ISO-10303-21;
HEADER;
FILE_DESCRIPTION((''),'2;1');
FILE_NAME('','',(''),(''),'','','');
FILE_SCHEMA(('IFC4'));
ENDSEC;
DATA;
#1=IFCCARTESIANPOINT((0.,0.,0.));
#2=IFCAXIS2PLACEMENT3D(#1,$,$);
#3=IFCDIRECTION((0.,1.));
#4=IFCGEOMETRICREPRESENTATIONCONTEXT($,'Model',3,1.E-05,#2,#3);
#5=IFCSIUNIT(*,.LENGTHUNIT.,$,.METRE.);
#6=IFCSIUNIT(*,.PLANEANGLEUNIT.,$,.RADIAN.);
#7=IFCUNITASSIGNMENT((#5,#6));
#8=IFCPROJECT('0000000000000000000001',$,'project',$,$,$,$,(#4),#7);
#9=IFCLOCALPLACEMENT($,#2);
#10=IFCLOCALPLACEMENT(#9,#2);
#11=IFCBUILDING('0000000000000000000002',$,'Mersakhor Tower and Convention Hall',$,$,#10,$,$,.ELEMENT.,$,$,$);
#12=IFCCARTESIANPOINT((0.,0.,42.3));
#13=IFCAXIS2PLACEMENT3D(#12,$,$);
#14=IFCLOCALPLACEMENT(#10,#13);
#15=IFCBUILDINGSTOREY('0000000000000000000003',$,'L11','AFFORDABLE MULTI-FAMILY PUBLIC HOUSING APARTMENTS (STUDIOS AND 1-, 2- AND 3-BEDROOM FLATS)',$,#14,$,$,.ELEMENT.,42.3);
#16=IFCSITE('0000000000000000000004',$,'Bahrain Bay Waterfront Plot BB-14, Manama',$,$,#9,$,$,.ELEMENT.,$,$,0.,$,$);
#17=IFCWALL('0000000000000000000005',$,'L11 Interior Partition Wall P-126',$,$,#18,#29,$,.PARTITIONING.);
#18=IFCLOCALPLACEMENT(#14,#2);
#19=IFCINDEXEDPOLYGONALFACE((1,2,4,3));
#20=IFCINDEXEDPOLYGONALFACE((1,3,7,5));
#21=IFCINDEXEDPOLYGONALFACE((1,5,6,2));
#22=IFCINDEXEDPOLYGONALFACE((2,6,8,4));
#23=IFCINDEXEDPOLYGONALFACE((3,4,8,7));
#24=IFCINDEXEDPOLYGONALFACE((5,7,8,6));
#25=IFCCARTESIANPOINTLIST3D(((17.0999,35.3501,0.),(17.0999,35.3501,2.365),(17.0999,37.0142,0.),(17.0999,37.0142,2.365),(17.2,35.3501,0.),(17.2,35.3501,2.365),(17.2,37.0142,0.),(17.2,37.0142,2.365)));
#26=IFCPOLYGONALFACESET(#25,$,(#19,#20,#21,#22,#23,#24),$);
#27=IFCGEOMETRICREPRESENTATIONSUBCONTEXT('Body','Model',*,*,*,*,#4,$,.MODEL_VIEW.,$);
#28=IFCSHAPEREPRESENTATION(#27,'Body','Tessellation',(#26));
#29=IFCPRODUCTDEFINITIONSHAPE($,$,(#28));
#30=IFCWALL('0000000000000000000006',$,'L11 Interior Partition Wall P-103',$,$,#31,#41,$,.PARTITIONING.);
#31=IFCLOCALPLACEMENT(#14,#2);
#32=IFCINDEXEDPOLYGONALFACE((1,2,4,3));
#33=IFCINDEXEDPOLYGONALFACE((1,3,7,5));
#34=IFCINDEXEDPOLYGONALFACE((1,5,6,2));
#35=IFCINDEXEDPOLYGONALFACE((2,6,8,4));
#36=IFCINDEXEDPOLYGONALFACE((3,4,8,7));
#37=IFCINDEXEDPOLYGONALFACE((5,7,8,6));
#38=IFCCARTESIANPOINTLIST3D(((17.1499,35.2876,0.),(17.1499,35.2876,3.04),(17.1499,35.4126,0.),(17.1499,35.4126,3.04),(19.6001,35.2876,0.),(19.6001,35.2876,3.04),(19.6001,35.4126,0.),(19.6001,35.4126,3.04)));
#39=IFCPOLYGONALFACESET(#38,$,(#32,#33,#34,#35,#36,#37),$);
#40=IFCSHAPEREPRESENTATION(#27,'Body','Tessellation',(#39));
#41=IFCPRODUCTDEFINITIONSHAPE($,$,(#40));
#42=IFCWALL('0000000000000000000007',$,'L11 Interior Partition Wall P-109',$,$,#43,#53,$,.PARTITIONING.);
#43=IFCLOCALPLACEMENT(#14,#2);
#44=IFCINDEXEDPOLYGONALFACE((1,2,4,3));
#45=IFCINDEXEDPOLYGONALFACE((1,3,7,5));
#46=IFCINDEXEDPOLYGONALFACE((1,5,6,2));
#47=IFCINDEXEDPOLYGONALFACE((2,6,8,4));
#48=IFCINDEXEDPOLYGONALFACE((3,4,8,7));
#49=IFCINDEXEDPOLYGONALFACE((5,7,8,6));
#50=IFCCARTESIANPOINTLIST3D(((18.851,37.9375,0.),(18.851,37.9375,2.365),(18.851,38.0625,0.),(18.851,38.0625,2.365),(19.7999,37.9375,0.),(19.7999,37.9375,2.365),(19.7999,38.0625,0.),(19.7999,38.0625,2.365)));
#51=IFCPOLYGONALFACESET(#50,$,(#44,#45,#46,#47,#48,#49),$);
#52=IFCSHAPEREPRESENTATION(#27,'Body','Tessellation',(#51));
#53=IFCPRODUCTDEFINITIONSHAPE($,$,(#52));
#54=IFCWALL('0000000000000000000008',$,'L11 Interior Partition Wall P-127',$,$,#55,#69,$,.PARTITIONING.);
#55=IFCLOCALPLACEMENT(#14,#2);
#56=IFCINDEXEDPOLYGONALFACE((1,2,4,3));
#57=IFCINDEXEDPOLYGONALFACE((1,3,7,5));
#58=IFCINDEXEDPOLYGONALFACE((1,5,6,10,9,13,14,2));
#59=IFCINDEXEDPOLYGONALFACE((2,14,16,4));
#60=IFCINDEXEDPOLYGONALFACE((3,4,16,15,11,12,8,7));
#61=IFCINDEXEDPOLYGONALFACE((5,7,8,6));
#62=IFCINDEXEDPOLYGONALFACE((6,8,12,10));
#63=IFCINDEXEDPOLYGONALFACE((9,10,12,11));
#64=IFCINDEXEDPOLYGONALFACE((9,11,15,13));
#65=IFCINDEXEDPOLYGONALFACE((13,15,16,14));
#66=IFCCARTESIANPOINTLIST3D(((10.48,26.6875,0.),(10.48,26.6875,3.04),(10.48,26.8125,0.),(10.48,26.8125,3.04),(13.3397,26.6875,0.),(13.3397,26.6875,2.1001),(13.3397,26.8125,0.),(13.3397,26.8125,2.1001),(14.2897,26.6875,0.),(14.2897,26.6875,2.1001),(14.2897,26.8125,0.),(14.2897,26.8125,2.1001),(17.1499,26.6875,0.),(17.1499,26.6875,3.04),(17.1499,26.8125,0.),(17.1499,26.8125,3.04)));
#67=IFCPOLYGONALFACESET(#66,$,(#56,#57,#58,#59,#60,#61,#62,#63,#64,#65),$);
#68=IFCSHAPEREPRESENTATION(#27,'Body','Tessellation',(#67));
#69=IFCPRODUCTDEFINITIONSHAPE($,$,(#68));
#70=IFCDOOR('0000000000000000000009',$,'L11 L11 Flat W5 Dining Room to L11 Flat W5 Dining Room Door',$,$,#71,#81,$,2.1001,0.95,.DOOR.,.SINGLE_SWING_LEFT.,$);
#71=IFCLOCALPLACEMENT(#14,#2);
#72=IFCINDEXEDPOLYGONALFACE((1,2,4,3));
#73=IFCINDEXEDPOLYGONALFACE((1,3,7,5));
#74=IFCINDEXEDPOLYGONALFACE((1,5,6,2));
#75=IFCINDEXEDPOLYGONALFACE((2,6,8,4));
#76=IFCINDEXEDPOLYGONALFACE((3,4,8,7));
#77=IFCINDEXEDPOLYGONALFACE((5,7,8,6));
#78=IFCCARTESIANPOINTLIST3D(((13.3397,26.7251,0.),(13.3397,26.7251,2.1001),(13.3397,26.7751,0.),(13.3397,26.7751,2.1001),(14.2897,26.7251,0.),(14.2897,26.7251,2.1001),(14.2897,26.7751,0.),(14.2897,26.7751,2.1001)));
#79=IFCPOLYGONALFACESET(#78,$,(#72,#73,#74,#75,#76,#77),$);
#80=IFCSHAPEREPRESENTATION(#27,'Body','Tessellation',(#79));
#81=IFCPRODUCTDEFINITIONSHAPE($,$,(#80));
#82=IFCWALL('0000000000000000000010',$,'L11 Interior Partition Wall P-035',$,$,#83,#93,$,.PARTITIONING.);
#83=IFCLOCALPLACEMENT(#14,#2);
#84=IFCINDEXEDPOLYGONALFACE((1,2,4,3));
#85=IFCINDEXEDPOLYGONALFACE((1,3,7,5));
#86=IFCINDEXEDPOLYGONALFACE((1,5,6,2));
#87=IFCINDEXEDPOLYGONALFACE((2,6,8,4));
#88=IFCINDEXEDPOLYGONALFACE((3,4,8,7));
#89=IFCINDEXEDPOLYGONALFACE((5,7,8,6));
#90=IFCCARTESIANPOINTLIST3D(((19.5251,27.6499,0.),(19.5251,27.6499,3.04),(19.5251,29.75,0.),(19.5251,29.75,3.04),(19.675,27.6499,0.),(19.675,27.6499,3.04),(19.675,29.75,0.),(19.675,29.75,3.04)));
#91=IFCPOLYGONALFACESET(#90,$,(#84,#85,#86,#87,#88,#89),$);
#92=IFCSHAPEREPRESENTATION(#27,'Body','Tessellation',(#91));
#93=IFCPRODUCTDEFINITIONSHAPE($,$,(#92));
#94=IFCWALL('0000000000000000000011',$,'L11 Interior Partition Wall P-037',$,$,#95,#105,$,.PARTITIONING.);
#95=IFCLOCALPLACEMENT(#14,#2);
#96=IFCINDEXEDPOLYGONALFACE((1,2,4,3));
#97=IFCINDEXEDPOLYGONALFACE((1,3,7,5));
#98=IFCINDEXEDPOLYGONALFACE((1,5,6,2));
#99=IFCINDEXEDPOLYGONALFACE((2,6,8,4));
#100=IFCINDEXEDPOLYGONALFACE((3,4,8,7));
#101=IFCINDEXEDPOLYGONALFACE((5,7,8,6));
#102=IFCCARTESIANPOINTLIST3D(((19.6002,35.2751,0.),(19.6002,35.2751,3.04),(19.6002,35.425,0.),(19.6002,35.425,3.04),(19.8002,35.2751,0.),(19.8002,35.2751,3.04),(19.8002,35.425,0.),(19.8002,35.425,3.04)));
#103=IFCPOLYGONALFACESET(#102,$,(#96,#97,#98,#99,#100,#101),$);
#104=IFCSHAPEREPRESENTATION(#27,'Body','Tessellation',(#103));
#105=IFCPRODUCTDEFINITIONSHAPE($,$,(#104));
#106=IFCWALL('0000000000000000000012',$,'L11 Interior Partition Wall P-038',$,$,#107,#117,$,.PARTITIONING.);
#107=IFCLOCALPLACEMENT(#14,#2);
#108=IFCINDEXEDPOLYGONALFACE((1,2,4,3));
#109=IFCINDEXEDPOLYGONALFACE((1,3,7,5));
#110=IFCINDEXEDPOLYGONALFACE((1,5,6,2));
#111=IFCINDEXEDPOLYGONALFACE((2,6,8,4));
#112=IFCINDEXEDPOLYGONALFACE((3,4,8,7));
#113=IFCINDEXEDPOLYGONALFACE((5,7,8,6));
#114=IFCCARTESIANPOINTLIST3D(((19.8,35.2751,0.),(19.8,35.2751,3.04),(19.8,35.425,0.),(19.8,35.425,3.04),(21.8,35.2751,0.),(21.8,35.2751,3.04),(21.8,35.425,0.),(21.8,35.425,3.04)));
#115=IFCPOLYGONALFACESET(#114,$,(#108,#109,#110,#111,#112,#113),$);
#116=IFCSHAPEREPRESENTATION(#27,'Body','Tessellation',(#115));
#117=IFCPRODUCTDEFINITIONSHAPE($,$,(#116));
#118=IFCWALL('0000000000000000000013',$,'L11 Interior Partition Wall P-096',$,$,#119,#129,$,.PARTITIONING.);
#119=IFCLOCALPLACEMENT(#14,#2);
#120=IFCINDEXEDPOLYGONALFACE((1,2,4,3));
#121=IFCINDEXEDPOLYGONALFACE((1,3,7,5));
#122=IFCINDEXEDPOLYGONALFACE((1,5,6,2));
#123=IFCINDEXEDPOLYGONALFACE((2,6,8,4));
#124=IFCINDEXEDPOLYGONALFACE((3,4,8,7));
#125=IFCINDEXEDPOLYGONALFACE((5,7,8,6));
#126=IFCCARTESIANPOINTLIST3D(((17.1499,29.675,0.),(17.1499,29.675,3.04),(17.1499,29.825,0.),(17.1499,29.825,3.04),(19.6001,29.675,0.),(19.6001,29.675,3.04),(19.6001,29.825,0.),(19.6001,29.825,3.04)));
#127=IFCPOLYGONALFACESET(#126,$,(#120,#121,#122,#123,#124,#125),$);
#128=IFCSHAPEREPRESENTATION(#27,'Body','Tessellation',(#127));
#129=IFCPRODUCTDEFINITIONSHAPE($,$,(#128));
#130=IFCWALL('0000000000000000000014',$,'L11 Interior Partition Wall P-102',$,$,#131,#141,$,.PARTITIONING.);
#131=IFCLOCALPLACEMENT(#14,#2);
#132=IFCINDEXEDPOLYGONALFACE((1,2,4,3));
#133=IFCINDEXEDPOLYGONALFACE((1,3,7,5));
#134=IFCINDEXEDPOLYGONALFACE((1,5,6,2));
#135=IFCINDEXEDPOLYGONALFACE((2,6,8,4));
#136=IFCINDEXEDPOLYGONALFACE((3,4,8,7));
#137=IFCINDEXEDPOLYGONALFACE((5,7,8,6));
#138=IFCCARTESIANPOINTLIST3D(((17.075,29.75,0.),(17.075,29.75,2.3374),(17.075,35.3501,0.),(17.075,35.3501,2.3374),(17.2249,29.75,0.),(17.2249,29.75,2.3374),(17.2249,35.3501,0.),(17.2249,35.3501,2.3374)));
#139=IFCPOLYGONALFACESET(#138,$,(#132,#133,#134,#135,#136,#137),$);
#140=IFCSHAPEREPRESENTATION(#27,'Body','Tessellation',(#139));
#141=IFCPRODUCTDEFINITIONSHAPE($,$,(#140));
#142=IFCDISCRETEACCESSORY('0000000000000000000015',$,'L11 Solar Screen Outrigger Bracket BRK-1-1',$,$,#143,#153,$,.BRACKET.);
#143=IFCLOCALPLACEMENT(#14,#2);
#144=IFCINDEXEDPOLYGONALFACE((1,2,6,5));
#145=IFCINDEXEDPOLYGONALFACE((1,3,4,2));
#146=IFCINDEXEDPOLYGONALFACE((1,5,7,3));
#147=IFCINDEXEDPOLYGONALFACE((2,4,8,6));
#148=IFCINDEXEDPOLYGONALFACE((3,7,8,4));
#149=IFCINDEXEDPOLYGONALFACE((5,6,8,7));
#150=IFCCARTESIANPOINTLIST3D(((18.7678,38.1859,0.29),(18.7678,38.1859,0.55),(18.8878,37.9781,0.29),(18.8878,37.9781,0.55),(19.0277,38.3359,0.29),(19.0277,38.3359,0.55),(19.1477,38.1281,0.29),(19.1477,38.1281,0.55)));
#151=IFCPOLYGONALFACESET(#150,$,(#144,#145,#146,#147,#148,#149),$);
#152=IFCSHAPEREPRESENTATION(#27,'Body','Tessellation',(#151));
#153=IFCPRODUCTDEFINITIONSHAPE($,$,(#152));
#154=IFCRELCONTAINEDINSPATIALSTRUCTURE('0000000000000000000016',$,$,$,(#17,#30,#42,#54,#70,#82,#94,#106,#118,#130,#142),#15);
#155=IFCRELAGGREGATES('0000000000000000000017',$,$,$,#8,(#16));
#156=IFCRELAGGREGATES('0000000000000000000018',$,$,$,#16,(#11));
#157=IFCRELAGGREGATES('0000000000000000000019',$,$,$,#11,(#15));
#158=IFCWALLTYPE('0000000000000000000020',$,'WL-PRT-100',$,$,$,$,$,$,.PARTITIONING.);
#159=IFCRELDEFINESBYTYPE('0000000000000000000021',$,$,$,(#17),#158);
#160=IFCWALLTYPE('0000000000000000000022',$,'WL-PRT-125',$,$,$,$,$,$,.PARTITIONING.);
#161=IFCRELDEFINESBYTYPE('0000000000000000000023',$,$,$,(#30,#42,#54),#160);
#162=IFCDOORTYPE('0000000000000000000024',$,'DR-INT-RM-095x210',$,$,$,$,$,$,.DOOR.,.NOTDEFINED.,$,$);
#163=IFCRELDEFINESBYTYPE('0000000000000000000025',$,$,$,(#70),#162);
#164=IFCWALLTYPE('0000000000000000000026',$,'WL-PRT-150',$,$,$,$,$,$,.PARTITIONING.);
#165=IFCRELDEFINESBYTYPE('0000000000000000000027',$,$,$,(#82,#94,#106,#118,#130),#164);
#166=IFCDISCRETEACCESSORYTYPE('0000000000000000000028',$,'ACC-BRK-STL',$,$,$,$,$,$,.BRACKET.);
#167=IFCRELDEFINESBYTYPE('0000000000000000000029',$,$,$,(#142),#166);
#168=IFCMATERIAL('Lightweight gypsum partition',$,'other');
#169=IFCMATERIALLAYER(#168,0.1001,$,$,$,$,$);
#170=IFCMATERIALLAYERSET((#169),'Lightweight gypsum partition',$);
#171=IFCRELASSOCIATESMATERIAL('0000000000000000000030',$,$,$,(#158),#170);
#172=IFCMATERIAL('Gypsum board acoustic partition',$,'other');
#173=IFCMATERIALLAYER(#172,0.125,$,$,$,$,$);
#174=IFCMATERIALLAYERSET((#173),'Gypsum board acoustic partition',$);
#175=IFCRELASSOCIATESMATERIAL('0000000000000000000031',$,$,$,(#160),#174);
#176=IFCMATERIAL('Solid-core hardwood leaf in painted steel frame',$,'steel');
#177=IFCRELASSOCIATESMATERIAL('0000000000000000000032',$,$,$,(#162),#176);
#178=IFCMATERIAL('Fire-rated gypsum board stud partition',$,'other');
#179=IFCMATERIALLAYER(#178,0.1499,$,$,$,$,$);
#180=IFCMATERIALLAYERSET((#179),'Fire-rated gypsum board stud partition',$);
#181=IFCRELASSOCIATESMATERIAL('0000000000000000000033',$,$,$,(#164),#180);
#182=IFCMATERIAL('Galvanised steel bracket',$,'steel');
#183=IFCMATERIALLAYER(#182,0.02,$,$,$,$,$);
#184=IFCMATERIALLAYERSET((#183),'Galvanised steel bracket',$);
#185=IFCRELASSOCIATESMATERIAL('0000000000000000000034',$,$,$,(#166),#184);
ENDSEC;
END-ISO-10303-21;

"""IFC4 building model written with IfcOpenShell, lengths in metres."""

from ifc_helpers import new_model, si_unit, direction, frame, frame_2d, origin, origin_2d, place, context, subcontext, project, spatial, rectangle, extrude, material, layer, layer_set, type_object, element, fill, save


model = new_model("IFC4")

# Units and contexts
model_context = context("Model", 3, precision=1e-05, world=origin(), true_north=direction((0.0, 1.0)))
body_context = subcontext(model_context, "Body", "Model", "MODEL_VIEW")
ifc_project = project(units=[si_unit("LENGTHUNIT", "METRE"), si_unit("PLANEANGLEUNIT", "RADIAN")], contexts=[model_context])

# Site, building, storey
site_placement = place(None, origin())
site = spatial("IfcSite", under=ifc_project, at=site_placement, Name="Bahrain Bay Waterfront Plot BB-14, Manama", CompositionType="ELEMENT", RefElevation=0.0)
building_placement = place(site_placement, origin())
building = spatial("IfcBuilding", under=site, at=building_placement, Name="Mersakhor Tower and Convention Hall", CompositionType="ELEMENT")
storey_placement = place(building_placement, frame((0.0, 0.0, 42.3)))
storey = spatial("IfcBuildingStorey", under=building, at=storey_placement, Name="L11", Description="AFFORDABLE MULTI-FAMILY PUBLIC HOUSING APARTMENTS (STUDIOS AND 1-, 2- AND 3-BEDROOM FLATS)", CompositionType="ELEMENT", Elevation=42.3)

# Walls
ifc_material_1 = material(Name="Lightweight gypsum partition", Category="other")
ifc_layer_1 = layer(ifc_material_1, 0.1001)
ifc_layer_set_1 = layer_set([ifc_layer_1], Name="Lightweight gypsum partition")
wall_type_1 = type_object("IfcWallType", Name="WL-PRT-100", PredefinedType="PARTITIONING", material=ifc_layer_set_1)
wall_1_placement = place(storey_placement, frame((17.1499, 37.0142, 0.0), z_axis=(0.0, 0.0, 1.0), x_axis=(0.0, -1.0, 0.0)))
element("IfcWall", 1, at=wall_1_placement, inside=storey, type_object=wall_type_1, Name="L11 Interior Partition Wall P-126", PredefinedType="PARTITIONING", context=body_context, shape_type="SweptSolid", body=[
    extrude(rectangle(XDim=1.6641, YDim=0.1001, at=frame_2d((0.832, 0.0))), origin(), (0.0, 0.0, 1.0), 2.365),
])
ifc_material_2 = material(Name="Gypsum board acoustic partition", Category="other")
ifc_layer_2 = layer(ifc_material_2, 0.125)
ifc_layer_set_2 = layer_set([ifc_layer_2], Name="Gypsum board acoustic partition")
wall_type_2 = type_object("IfcWallType", Name="WL-PRT-125", PredefinedType="PARTITIONING", material=ifc_layer_set_2)
wall_2_placement = place(storey_placement, frame((17.1499, 35.3501, 0.0), z_axis=(0.0, 0.0, 1.0), x_axis=(1.0, 0.0, 0.0)))
element("IfcWall", 2, at=wall_2_placement, inside=storey, type_object=wall_type_2, Name="L11 Interior Partition Wall P-103", PredefinedType="PARTITIONING", context=body_context, shape_type="SweptSolid", body=[
    extrude(rectangle(XDim=2.4502, YDim=0.125, at=frame_2d((1.2251, 0.0))), origin(), (0.0, 0.0, 1.0), 3.04),
])
wall_3_placement = place(storey_placement, frame((19.8, 38.0, 0.0), z_axis=(0.0, 0.0, 1.0), x_axis=(-1.0, 0.0, 0.0)))
element("IfcWall", 3, at=wall_3_placement, inside=storey, type_object=wall_type_2, Name="L11 Interior Partition Wall P-109", PredefinedType="PARTITIONING", context=body_context, shape_type="SweptSolid", body=[
    extrude(rectangle(XDim=0.949, YDim=0.125, at=frame_2d((0.4746, 0.0))), origin(), (0.0, 0.0, 1.0), 2.365),
])

# Wall, opening, door
wall_4_placement = place(storey_placement, frame((17.1499, 26.75, 0.0), z_axis=(0.0, 0.0, 1.0), x_axis=(-1.0, 0.0, 0.0)))
wall_4 = element("IfcWall", 4, at=wall_4_placement, inside=storey, type_object=wall_type_2, Name="L11 Interior Partition Wall P-127", PredefinedType="PARTITIONING", context=body_context, shape_type="SweptSolid", body=[
    extrude(rectangle(XDim=6.6699, YDim=0.125, at=frame_2d((3.335, 0.0))), origin(), (0.0, 0.0, 1.0), 3.04),
])
opening_1_placement = place(wall_4_placement, frame((2.8601, 0.0, 0.0)))
opening_1 = element("IfcOpeningElement", 5, at=opening_1_placement, cuts=wall_4, PredefinedType="OPENING", context=body_context, shape_type="SweptSolid", body=[
    extrude(rectangle(XDim=0.95, YDim=2.1001, at=frame_2d((0.4751, 1.05))), frame((0.0, 0.0725, 0.0), z_axis=(0.0, -1.0, 0.0), x_axis=(1.0, 0.0, 0.0)), (0.0, 0.0, 1.0), 0.145),
])
ifc_material_3 = material(Name="Solid-core hardwood leaf in painted steel frame", Category="steel")
door_type_1 = type_object("IfcDoorType", Name="DR-INT-RM-095x210", OperationType="NOTDEFINED", PredefinedType="DOOR", material=ifc_material_3)
door_1_placement = place(opening_1_placement, origin())
door_1 = element("IfcDoor", 6, at=door_1_placement, inside=storey, type_object=door_type_1, Name="L11 L11 Flat W5 Dining Room to L11 Flat W5 Dining Room Door", OperationType="SINGLE_SWING_LEFT", OverallHeight=2.1001, OverallWidth=0.95, PredefinedType="DOOR", context=body_context, shape_type="SweptSolid", body=[
    extrude(rectangle(XDim=0.95, YDim=2.1001, at=frame_2d((0.4751, 1.05))), frame((0.0, 0.0249, 0.0), z_axis=(0.0, -1.0, 0.0), x_axis=(1.0, 0.0, 0.0)), (0.0, 0.0, 1.0), 0.05),
])
fill(opening_1, door_1)

# Wall
ifc_material_4 = material(Name="Fire-rated gypsum board stud partition", Category="other")
ifc_layer_3 = layer(ifc_material_4, 0.1499)
ifc_layer_set_3 = layer_set([ifc_layer_3], Name="Fire-rated gypsum board stud partition")
wall_type_3 = type_object("IfcWallType", Name="WL-PRT-150", PredefinedType="PARTITIONING", material=ifc_layer_set_3)
wall_5_placement = place(storey_placement, frame((19.6001, 27.6499, 0.0), z_axis=(0.0, 0.0, 1.0), x_axis=(0.0, 1.0, 0.0)))
element("IfcWall", 7, at=wall_5_placement, inside=storey, type_object=wall_type_3, Name="L11 Interior Partition Wall P-035", PredefinedType="PARTITIONING", context=body_context, shape_type="SweptSolid", body=[
    extrude(rectangle(XDim=2.1001, YDim=0.1499, at=frame_2d((1.05, 0.0))), origin(), (0.0, 0.0, 1.0), 3.04),
])

# Walls
wall_6_placement = place(storey_placement, frame((19.6001, 35.3501, 0.0), z_axis=(0.0, 0.0, 1.0), x_axis=(1.0, 0.0, 0.0)))
element("IfcWall", 8, at=wall_6_placement, inside=storey, type_object=wall_type_3, Name="L11 Interior Partition Wall P-037", PredefinedType="PARTITIONING", context=body_context, shape_type="SweptSolid", body=[
    extrude(rectangle(XDim=0.2, YDim=0.1499, at=frame_2d((0.1001, 0.0))), origin(), (0.0, 0.0, 1.0), 3.04),
])
wall_7_placement = place(storey_placement, frame((19.8, 35.3501, 0.0), z_axis=(0.0, 0.0, 1.0), x_axis=(1.0, 0.0, 0.0)))
element("IfcWall", 9, at=wall_7_placement, inside=storey, type_object=wall_type_3, Name="L11 Interior Partition Wall P-038", PredefinedType="PARTITIONING", context=body_context, shape_type="SweptSolid", body=[
    extrude(rectangle(XDim=2.0, YDim=0.1499, at=frame_2d((1.0, 0.0))), origin(), (0.0, 0.0, 1.0), 3.04),
])
wall_8_placement = place(storey_placement, frame((17.1499, 29.75, 0.0), z_axis=(0.0, 0.0, 1.0), x_axis=(1.0, 0.0, 0.0)))
element("IfcWall", 10, at=wall_8_placement, inside=storey, type_object=wall_type_3, Name="L11 Interior Partition Wall P-096", PredefinedType="PARTITIONING", context=body_context, shape_type="SweptSolid", body=[
    extrude(rectangle(XDim=2.4502, YDim=0.1499, at=frame_2d((1.2251, 0.0))), origin(), (0.0, 0.0, 1.0), 3.04),
])
wall_9_placement = place(storey_placement, frame((17.1499, 29.75, 0.0), z_axis=(0.0, 0.0, 1.0), x_axis=(0.0, 1.0, 0.0)))
element("IfcWall", 11, at=wall_9_placement, inside=storey, type_object=wall_type_3, Name="L11 Interior Partition Wall P-102", PredefinedType="PARTITIONING", context=body_context, shape_type="SweptSolid", body=[
    extrude(rectangle(XDim=5.6001, YDim=0.1499, at=frame_2d((2.8, 0.0))), origin(), (0.0, 0.0, 1.0), 2.3374),
])

# Discrete accessory
ifc_material_5 = material(Name="Galvanised steel bracket", Category="steel")
ifc_layer_4 = layer(ifc_material_5, 0.02)
ifc_layer_set_4 = layer_set([ifc_layer_4], Name="Galvanised steel bracket")
discrete_accessory_type = type_object("IfcDiscreteAccessoryType", Name="ACC-BRK-STL", PredefinedType="BRACKET", material=ifc_layer_set_4)
discrete_accessory_placement = place(storey_placement, frame((18.9578, 38.157, 0.29), z_axis=(0.0, 0.0, 1.0), x_axis=(0.866025, 0.5, 0.0)))
element("IfcDiscreteAccessory", 12, at=discrete_accessory_placement, inside=storey, type_object=discrete_accessory_type, Name="L11 Solar Screen Outrigger Bracket BRK-1-1", PredefinedType="BRACKET", context=body_context, shape_type="SweptSolid", body=[
    extrude(rectangle(XDim=0.3, YDim=0.24, at=origin_2d()), origin(), (0.0, 0.0, 1.0), 0.26),
])

save(model, "model.ifc")
